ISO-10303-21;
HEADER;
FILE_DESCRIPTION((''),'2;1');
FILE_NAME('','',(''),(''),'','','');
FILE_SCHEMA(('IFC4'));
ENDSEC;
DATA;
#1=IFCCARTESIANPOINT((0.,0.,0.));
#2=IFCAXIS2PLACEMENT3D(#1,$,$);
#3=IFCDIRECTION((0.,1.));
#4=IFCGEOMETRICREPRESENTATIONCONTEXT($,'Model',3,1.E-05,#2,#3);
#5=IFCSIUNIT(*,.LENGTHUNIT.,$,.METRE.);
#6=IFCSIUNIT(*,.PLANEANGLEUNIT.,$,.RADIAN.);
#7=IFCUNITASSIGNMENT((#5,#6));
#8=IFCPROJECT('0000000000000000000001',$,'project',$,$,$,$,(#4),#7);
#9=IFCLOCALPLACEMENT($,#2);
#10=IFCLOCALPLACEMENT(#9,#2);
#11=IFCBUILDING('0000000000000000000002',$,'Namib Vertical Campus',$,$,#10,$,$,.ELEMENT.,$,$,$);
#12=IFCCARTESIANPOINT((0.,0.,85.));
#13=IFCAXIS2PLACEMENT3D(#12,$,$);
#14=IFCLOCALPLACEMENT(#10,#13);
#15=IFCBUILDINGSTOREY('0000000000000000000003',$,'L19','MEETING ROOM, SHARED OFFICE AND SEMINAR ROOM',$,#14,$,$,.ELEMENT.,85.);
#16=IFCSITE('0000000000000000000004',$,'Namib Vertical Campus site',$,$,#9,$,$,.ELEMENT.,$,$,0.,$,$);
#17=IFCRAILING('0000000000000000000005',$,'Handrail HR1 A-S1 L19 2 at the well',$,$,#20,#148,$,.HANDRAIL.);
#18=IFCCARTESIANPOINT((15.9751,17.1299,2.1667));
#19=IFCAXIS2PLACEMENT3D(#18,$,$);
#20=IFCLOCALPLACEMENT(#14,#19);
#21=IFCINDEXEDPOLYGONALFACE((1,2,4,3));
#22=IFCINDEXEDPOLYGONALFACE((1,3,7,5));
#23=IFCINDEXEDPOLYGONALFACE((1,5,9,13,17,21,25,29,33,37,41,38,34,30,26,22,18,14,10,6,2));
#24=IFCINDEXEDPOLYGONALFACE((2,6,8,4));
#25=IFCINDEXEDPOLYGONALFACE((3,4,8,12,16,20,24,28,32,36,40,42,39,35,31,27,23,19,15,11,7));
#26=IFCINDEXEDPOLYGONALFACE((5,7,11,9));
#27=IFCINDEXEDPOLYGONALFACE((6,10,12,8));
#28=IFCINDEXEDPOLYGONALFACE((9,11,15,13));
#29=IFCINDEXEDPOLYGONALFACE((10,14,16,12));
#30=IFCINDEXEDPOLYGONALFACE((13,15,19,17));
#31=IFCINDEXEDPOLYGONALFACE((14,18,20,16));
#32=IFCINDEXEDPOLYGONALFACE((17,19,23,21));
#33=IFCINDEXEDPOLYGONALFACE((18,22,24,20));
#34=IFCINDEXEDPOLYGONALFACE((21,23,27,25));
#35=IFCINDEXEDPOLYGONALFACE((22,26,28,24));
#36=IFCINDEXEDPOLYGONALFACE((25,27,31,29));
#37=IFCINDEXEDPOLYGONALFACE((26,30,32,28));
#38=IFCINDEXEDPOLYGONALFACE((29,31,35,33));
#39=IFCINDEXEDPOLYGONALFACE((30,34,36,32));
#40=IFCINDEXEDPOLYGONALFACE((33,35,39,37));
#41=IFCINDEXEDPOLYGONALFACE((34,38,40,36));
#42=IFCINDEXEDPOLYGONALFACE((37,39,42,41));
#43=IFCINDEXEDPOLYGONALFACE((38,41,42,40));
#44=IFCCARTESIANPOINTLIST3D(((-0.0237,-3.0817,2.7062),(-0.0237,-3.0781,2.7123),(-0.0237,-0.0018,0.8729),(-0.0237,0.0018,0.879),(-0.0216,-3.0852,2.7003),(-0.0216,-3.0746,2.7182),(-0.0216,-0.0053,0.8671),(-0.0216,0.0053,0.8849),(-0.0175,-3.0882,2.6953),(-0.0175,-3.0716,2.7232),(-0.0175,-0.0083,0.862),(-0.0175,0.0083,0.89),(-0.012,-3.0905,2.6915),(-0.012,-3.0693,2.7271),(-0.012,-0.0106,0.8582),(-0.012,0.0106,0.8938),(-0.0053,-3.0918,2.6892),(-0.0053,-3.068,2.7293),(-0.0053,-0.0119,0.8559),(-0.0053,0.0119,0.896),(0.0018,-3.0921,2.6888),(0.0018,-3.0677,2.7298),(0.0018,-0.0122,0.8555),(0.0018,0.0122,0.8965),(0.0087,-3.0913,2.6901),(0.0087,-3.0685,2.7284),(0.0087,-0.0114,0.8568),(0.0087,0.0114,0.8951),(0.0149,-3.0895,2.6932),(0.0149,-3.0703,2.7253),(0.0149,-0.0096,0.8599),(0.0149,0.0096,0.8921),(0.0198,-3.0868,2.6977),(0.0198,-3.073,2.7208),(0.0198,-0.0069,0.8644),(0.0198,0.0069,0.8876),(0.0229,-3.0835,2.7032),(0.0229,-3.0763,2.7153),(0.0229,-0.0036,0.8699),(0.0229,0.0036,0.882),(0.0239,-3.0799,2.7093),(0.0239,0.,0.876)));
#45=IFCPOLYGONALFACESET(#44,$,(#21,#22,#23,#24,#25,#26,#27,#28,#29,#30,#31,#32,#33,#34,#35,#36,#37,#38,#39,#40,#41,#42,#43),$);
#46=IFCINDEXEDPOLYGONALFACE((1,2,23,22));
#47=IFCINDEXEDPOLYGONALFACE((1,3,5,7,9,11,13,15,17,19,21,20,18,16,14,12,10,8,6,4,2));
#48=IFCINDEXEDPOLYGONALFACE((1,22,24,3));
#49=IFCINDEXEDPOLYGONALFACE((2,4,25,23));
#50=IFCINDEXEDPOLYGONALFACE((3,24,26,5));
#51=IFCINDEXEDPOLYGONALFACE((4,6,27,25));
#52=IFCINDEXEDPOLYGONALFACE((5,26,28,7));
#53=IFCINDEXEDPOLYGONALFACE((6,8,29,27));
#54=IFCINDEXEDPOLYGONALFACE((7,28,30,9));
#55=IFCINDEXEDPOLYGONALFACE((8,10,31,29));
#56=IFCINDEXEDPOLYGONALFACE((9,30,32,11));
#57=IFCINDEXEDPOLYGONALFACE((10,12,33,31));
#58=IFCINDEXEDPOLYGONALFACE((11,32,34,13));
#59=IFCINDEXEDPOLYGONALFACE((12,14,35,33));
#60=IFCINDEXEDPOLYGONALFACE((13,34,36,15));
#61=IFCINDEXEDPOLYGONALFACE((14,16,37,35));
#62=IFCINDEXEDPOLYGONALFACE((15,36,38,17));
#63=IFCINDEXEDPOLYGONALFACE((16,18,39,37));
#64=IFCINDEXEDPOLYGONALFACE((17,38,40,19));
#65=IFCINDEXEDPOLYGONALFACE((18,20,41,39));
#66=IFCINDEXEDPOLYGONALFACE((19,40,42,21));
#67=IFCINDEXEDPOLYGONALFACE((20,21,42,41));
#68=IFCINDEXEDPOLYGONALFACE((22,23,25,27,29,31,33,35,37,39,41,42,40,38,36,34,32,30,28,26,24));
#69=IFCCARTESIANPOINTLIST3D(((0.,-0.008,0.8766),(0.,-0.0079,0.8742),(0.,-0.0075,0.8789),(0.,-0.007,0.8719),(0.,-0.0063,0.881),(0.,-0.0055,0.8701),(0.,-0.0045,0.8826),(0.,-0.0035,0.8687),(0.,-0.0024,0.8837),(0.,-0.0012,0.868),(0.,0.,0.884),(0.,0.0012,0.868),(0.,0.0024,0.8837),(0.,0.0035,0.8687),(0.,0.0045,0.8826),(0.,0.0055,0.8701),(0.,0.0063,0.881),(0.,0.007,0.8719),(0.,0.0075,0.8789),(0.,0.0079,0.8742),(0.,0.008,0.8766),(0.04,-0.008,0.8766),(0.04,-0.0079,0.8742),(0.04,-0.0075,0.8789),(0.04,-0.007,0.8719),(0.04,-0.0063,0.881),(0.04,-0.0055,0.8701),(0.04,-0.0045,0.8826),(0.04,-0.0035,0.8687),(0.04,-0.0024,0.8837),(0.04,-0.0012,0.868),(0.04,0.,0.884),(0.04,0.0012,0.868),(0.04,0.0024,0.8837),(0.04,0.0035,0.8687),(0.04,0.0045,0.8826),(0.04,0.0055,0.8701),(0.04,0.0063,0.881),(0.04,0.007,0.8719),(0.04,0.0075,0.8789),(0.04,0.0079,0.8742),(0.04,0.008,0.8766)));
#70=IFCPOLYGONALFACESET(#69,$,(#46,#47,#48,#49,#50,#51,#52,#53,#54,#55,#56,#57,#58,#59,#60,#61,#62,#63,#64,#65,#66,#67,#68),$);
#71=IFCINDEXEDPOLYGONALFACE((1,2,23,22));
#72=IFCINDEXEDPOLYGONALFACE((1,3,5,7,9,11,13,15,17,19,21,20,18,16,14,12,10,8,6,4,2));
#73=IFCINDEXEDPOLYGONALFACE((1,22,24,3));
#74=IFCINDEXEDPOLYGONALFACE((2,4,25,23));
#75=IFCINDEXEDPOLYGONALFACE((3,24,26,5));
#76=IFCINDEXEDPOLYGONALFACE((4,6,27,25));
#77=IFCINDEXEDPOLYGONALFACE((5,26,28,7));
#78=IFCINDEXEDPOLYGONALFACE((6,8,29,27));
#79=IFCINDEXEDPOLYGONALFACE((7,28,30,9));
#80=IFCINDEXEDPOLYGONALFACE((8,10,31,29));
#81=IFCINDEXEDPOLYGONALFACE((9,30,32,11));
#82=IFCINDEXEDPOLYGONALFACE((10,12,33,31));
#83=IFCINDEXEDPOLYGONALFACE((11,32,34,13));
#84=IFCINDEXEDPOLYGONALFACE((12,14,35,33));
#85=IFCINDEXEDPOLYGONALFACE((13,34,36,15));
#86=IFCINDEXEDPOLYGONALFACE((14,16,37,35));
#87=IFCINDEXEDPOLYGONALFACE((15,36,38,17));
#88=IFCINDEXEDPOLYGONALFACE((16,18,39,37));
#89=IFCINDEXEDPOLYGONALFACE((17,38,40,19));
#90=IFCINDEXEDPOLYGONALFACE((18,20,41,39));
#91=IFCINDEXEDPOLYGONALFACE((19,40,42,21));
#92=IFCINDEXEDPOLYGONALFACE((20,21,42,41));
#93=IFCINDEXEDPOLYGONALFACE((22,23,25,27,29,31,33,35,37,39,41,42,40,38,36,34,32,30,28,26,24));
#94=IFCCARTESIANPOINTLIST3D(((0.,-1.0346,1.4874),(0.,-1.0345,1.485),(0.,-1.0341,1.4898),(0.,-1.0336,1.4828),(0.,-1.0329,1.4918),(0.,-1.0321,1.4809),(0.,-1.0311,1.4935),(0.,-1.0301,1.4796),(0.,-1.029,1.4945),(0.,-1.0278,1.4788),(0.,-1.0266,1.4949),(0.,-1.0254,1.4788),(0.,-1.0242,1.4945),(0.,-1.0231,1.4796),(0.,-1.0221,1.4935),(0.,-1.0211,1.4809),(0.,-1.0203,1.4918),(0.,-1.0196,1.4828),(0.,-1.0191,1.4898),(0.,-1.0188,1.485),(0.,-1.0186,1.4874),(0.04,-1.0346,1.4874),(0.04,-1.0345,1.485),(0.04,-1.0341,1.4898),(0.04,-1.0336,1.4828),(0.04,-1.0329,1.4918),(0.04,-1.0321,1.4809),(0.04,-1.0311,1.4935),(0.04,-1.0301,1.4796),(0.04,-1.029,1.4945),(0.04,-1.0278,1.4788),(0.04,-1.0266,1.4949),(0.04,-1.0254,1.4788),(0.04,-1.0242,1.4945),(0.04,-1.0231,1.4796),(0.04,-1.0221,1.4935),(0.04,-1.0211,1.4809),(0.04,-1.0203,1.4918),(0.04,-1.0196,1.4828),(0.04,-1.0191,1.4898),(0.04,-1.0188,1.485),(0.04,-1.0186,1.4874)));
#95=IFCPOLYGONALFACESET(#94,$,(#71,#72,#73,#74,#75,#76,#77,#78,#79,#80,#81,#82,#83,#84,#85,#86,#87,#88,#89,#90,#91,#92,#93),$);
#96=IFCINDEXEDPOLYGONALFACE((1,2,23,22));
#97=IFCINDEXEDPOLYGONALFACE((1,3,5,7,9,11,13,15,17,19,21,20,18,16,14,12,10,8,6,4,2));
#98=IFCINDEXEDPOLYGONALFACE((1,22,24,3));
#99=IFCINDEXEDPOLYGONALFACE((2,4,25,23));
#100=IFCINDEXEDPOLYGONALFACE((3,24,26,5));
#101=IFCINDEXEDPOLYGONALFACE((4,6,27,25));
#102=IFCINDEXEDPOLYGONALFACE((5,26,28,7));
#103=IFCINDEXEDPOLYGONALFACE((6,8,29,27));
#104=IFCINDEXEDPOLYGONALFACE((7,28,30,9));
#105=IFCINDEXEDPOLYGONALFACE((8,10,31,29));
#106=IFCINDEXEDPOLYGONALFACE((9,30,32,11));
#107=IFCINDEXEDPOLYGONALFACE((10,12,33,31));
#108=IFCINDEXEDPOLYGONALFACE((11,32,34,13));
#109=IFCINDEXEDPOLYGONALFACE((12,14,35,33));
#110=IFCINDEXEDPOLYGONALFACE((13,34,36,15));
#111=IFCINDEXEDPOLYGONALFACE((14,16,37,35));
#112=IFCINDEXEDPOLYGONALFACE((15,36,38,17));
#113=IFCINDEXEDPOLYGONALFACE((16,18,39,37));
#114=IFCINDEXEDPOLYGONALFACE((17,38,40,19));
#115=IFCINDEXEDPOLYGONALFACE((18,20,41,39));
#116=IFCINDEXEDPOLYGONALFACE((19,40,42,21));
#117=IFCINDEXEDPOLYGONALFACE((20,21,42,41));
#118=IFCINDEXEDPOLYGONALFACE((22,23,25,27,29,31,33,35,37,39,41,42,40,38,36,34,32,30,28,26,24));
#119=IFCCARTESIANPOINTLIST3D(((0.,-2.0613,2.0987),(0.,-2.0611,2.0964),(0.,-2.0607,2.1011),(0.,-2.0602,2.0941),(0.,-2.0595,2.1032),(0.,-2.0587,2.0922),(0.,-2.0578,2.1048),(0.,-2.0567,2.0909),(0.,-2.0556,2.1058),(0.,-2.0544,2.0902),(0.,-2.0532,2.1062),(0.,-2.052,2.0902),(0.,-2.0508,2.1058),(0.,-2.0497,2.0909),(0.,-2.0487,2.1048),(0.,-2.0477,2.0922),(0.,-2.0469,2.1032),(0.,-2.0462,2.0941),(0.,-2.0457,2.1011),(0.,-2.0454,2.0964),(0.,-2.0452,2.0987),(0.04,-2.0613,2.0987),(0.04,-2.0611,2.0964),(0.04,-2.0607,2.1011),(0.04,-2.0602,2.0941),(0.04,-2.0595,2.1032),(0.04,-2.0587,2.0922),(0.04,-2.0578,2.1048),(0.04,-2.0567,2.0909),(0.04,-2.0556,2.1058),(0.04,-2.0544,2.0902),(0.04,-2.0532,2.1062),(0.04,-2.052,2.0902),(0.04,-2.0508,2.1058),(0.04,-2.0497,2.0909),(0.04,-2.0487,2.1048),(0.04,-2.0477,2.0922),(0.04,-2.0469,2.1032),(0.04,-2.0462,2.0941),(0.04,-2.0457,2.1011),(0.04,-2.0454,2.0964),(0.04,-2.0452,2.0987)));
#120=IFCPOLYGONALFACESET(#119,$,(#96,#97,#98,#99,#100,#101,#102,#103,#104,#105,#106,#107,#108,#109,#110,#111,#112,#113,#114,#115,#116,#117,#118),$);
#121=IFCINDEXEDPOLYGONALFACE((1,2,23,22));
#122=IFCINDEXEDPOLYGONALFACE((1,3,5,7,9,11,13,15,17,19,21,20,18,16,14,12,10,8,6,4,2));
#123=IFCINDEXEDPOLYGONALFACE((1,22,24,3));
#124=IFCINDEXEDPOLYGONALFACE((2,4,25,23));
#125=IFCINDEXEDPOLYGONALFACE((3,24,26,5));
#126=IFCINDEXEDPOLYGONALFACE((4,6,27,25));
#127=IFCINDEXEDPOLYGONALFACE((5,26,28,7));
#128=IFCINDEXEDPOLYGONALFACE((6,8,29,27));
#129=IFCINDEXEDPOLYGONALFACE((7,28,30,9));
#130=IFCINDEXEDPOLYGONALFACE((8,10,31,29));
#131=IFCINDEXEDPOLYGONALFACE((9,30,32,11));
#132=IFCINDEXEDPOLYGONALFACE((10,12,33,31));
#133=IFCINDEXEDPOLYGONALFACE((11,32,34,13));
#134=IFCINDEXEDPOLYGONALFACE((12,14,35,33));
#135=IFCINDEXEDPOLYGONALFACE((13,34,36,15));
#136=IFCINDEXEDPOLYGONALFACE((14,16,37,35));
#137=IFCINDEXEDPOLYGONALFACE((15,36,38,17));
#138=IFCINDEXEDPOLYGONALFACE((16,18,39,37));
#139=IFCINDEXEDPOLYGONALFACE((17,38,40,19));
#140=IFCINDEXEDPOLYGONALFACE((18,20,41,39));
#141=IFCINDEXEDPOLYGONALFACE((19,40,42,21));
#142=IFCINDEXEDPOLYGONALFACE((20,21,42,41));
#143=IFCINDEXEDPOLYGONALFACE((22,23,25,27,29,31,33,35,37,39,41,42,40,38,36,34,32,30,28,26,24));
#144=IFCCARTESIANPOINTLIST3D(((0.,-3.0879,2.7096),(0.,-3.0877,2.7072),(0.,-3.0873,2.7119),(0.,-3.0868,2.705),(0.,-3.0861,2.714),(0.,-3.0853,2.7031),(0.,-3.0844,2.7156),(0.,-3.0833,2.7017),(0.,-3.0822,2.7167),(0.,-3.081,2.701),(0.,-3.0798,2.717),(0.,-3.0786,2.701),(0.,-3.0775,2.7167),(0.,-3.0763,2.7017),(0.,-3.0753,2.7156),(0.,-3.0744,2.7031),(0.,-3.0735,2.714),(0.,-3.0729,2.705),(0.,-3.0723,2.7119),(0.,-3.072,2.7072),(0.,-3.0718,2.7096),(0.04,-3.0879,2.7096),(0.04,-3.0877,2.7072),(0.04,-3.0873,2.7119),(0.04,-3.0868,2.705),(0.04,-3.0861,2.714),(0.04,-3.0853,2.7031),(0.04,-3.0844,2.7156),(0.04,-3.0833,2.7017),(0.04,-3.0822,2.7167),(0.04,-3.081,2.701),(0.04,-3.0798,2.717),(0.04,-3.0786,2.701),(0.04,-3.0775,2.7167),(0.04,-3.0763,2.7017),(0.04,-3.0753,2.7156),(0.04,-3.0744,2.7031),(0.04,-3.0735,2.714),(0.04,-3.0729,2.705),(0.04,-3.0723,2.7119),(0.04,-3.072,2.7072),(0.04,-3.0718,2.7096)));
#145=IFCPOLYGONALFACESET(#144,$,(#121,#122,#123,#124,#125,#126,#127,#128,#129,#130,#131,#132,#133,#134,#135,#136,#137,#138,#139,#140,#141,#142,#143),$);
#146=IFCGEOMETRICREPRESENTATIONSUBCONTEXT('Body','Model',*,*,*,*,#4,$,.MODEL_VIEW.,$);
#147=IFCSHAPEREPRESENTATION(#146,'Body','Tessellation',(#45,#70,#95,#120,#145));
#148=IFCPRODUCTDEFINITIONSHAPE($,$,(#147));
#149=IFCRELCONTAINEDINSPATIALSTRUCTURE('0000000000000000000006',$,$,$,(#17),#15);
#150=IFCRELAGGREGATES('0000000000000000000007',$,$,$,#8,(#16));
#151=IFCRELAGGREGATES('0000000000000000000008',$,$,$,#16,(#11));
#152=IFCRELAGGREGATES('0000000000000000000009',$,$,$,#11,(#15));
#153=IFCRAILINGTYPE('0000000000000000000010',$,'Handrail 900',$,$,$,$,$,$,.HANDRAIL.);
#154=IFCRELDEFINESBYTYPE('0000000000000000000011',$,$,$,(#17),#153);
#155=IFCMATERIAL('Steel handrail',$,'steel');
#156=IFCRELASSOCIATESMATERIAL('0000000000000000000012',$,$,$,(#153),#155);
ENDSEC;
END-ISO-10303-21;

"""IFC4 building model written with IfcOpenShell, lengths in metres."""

from ifc_helpers import new_model, si_unit, direction, frame, origin, origin_2d, place, context, subcontext, project, spatial, circle, extrude, material, type_object, element, save


model = new_model("IFC4")

# Units and contexts
model_context = context("Model", 3, precision=1e-05, world=origin(), true_north=direction((0.0, 1.0)))
body_context = subcontext(model_context, "Body", "Model", "MODEL_VIEW")
ifc_project = project(units=[si_unit("LENGTHUNIT", "METRE"), si_unit("PLANEANGLEUNIT", "RADIAN")], contexts=[model_context])

# Site, building, storey
site_placement = place(None, origin())
site = spatial("IfcSite", under=ifc_project, at=site_placement, Name="Namib Vertical Campus site", CompositionType="ELEMENT", RefElevation=0.0)
building_placement = place(site_placement, origin())
building = spatial("IfcBuilding", under=site, at=building_placement, Name="Namib Vertical Campus", CompositionType="ELEMENT")
storey_placement = place(building_placement, frame((0.0, 0.0, 85.0)))
storey = spatial("IfcBuildingStorey", under=building, at=storey_placement, Name="L19", Description="MEETING ROOM, SHARED OFFICE AND SEMINAR ROOM", CompositionType="ELEMENT", Elevation=85.0)

# Railing
ifc_material_1 = material(Name="Steel handrail", Category="steel")
railing_type_1 = type_object("IfcRailingType", Name="Handrail 900", PredefinedType="HANDRAIL", material=ifc_material_1)
railing_1_placement = place(storey_placement, frame((15.9751, 17.1299, 2.1667)))
element("IfcRailing", 1, at=railing_1_placement, inside=storey, type_object=railing_type_1, Name="Handrail HR1 A-S1 L19 2 at the well", PredefinedType="HANDRAIL", context=body_context, shape_type="SweptSolid", body=[
    extrude(circle(Radius=0.0239, at=origin_2d()), frame((0.0, 0.0, 0.876), z_axis=(0.0, -0.859291, 0.511487), x_axis=(1.0, 0.0, 0.0)), (0.0, 0.0, 1.0), 3.5842),
    extrude(circle(Radius=0.0081, at=origin_2d()), frame((0.0, 0.0, 0.876), z_axis=(1.0, 0.0, 0.0), x_axis=(0.0, 0.0, 1.0)), (0.0, 0.0, 1.0), 0.04),
    extrude(circle(Radius=0.0081, at=origin_2d()), frame((0.0, -1.0266, 1.4868), z_axis=(1.0, 0.0, 0.0), x_axis=(0.0, 0.0, 1.0)), (0.0, 0.0, 1.0), 0.04),
    extrude(circle(Radius=0.0081, at=origin_2d()), frame((0.0, -2.0532, 2.0981), z_axis=(1.0, 0.0, 0.0), x_axis=(0.0, 0.0, 1.0)), (0.0, 0.0, 1.0), 0.04),
    extrude(circle(Radius=0.0081, at=origin_2d()), frame((0.0, -3.0798, 2.709), z_axis=(1.0, 0.0, 0.0), x_axis=(0.0, 0.0, 1.0)), (0.0, 0.0, 1.0), 0.04),
])

save(model, "model.ifc")
